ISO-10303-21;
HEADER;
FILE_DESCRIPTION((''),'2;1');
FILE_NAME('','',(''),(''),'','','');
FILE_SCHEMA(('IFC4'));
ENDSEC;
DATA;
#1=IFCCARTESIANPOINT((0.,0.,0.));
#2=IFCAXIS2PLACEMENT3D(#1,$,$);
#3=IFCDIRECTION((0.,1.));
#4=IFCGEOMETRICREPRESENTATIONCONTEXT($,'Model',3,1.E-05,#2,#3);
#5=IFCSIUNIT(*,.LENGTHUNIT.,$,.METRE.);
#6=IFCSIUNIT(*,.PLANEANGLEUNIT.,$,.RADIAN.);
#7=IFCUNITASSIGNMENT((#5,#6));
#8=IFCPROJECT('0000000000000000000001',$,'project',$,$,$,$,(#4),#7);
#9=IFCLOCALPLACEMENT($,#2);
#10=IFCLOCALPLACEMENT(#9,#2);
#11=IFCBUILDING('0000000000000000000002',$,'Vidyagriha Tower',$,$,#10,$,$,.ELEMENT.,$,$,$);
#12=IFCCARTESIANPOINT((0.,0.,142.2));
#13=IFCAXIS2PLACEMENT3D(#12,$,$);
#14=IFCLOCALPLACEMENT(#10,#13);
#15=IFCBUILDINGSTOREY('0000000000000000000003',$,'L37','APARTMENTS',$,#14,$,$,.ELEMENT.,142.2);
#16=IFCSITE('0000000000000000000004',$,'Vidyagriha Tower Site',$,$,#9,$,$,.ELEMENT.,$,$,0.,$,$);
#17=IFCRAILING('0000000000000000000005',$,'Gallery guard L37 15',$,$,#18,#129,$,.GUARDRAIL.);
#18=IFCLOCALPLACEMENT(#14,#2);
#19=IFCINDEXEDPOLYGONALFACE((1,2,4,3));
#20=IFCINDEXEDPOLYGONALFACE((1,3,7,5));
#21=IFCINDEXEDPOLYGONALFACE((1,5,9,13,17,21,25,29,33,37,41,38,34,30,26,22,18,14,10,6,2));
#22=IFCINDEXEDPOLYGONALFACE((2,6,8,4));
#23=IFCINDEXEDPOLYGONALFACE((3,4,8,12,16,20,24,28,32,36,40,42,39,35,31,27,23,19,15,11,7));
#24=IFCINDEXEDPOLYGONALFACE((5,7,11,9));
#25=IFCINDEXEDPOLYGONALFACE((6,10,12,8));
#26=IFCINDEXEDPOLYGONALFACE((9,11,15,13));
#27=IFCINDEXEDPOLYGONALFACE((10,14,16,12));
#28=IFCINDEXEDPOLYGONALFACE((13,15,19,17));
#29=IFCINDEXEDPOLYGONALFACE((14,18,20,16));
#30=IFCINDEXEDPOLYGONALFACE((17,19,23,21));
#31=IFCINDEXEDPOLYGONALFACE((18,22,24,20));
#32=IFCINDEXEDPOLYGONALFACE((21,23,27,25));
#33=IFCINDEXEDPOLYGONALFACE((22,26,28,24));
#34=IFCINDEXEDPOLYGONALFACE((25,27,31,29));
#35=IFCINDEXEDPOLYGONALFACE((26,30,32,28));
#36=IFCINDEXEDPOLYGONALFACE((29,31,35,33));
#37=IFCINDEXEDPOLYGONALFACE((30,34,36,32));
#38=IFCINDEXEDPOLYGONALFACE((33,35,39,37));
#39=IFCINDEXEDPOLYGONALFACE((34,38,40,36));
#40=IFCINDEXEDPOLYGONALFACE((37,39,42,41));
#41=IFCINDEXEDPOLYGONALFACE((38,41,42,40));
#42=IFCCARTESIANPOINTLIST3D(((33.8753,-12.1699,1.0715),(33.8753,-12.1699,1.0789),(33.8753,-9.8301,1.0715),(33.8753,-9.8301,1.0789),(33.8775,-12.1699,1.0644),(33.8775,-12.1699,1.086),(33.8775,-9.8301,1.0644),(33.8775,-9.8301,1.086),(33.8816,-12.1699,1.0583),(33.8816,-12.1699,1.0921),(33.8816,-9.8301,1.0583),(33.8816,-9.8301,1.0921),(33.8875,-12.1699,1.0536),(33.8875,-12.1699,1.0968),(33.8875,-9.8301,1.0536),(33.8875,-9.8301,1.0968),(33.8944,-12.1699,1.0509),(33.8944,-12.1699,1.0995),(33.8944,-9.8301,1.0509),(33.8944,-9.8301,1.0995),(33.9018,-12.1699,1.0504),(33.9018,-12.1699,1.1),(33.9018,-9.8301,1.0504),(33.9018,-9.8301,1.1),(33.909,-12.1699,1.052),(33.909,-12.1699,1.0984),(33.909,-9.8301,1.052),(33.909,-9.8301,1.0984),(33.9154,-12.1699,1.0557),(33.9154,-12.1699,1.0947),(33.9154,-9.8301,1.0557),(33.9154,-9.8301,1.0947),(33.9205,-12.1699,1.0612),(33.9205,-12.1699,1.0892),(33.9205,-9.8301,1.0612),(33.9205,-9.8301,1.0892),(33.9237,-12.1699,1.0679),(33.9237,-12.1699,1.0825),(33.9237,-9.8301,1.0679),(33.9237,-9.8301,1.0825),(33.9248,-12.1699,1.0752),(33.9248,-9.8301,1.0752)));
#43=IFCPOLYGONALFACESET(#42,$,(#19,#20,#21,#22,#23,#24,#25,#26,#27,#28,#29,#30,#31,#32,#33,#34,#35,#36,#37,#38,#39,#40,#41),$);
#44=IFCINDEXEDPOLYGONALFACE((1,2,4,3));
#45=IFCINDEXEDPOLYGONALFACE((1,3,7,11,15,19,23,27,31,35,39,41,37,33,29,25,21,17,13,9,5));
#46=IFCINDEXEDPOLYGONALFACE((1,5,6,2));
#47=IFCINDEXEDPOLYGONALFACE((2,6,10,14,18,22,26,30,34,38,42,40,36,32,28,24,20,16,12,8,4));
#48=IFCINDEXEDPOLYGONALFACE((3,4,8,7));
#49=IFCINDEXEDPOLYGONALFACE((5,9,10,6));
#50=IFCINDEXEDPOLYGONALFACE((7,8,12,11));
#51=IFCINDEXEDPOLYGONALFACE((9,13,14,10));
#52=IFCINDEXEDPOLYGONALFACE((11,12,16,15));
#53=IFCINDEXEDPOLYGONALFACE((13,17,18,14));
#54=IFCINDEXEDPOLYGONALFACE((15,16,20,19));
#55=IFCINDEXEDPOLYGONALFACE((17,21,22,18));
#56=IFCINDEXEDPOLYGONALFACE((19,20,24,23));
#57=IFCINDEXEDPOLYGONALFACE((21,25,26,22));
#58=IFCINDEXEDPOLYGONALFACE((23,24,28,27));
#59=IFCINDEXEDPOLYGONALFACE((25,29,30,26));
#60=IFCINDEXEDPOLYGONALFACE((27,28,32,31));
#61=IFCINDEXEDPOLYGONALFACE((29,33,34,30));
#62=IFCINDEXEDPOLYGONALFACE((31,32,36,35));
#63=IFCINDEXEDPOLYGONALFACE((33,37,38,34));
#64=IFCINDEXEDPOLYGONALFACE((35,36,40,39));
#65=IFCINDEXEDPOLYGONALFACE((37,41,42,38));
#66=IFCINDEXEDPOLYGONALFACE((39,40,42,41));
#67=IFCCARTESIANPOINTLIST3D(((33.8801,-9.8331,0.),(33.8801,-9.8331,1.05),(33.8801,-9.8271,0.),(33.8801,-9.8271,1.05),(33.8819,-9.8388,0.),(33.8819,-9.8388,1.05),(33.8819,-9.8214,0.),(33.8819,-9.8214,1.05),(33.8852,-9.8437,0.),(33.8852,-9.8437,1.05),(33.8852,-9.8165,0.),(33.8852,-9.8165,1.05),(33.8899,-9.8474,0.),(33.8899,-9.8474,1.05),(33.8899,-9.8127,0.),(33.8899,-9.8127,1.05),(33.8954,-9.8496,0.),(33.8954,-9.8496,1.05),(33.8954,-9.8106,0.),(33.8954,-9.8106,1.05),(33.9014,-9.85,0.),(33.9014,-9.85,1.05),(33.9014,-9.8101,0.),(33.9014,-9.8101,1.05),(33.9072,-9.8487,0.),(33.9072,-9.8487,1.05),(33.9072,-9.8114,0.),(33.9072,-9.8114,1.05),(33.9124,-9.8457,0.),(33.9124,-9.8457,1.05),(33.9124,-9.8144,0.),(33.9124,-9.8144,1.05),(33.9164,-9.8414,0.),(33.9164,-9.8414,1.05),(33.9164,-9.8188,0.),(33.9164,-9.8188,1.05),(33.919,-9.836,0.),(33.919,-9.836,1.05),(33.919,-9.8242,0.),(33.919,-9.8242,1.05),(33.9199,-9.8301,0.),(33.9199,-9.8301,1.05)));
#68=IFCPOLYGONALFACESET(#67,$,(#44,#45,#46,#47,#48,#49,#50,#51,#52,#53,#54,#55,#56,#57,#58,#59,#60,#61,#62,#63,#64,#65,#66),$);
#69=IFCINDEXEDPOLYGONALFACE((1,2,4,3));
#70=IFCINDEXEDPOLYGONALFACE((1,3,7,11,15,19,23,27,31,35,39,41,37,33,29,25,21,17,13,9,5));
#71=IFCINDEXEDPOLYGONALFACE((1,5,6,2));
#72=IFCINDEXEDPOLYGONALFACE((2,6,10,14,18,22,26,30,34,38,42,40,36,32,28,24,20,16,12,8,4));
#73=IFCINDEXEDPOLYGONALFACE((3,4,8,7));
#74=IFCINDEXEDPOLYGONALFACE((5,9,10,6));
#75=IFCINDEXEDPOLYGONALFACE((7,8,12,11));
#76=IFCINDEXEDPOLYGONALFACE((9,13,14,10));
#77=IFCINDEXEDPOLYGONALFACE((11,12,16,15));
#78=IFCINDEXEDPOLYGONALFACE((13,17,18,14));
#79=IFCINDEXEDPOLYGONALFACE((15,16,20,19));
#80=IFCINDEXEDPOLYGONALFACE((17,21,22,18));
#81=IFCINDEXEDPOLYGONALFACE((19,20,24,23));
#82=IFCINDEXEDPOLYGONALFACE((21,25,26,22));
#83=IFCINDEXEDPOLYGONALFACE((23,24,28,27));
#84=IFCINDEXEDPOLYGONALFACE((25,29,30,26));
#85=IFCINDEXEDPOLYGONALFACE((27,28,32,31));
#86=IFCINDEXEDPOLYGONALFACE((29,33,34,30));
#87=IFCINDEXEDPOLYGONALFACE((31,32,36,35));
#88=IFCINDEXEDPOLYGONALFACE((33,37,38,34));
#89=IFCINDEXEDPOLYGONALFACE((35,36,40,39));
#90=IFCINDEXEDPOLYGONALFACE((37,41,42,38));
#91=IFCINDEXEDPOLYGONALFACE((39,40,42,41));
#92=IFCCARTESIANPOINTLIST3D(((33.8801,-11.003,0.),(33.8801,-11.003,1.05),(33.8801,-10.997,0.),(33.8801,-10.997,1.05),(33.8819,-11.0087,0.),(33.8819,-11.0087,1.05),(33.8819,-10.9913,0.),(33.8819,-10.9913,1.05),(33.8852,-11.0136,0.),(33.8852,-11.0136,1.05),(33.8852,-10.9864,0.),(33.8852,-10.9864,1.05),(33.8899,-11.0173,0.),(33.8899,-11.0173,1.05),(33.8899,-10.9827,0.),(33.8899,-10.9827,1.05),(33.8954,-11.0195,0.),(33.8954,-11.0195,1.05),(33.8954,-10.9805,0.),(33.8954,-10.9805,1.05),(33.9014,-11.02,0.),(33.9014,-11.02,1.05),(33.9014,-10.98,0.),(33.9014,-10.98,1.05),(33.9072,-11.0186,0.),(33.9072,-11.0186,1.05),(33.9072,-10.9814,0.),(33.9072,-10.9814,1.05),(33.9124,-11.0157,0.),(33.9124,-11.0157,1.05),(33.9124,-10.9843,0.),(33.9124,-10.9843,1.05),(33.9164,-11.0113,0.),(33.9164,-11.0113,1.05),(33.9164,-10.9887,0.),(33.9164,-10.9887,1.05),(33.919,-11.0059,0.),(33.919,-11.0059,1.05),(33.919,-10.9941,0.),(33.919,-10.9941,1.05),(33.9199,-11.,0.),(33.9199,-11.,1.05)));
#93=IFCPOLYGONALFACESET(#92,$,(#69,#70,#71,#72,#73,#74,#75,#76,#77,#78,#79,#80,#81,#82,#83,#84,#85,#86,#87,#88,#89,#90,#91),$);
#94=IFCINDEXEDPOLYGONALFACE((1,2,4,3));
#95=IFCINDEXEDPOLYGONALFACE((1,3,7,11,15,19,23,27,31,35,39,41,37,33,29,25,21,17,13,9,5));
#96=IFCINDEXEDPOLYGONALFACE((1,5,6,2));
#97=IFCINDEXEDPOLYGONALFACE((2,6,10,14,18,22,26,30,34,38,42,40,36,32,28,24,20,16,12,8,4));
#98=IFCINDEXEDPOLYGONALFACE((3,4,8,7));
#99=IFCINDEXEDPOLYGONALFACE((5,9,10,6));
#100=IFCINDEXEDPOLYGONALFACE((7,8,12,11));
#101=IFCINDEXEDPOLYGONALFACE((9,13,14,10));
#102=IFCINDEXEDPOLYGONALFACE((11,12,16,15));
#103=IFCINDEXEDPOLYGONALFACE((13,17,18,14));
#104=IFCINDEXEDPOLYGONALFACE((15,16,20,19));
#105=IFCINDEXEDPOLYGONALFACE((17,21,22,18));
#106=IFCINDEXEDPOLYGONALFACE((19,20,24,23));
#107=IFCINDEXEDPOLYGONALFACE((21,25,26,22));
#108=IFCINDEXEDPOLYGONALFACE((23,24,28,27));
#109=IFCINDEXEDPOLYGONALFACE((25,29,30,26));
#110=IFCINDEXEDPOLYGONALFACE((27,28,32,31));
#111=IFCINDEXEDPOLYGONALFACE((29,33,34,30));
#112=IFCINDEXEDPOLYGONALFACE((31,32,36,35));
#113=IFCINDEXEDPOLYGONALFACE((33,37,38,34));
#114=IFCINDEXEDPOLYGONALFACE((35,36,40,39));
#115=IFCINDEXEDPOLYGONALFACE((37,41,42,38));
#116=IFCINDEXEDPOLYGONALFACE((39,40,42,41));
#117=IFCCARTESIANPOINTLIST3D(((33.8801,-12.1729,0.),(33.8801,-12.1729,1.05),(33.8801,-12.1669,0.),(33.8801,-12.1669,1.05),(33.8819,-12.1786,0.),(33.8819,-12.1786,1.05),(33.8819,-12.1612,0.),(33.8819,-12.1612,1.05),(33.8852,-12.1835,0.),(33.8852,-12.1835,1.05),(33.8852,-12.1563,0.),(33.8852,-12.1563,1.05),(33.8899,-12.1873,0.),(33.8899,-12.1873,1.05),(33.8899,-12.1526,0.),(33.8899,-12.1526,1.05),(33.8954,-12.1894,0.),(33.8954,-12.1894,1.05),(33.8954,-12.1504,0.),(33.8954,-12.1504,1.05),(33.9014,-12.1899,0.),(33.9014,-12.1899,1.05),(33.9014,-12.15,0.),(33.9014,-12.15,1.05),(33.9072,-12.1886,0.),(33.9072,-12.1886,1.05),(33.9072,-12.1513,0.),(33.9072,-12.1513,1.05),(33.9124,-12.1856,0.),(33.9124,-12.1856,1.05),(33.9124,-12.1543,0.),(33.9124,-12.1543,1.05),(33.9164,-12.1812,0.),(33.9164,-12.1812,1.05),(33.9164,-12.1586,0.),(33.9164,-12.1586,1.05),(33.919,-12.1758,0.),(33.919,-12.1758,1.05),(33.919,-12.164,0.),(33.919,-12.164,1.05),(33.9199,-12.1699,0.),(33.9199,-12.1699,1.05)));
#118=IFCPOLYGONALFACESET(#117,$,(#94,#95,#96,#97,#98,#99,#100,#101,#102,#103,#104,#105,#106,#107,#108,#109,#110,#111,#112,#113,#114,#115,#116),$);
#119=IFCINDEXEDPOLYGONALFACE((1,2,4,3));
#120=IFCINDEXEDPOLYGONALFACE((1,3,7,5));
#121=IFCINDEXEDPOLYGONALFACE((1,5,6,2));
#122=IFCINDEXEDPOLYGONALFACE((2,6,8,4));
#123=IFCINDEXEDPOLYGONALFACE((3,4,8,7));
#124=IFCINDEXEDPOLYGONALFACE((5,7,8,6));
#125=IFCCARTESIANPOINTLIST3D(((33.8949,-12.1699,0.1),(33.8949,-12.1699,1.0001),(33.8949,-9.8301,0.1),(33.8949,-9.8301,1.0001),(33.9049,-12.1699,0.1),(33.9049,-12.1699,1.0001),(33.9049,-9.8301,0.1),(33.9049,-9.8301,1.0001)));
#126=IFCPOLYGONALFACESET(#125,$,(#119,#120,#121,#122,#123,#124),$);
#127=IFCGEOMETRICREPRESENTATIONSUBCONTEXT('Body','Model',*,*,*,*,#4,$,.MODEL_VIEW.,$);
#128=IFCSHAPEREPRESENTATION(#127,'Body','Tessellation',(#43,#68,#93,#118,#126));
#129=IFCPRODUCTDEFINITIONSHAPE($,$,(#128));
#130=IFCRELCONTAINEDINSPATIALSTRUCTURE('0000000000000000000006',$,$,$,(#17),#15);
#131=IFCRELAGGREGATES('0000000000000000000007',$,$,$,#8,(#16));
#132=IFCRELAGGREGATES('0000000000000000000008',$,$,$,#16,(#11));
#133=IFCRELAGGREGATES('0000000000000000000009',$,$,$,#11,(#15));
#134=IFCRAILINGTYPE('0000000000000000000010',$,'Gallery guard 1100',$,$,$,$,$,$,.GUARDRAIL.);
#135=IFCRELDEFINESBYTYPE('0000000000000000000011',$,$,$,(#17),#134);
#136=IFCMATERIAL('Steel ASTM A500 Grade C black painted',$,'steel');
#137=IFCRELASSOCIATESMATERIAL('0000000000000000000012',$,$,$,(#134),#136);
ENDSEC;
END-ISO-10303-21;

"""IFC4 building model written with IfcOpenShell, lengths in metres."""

from ifc_helpers import new_model, si_unit, direction, frame, origin, origin_2d, place, context, subcontext, project, spatial, rectangle, circle, extrude, material, type_object, element, save


model = new_model("IFC4")

# Units and contexts
model_context = context("Model", 3, precision=1e-05, world=origin(), true_north=direction((0.0, 1.0)))
body_context = subcontext(model_context, "Body", "Model", "MODEL_VIEW")
ifc_project = project(units=[si_unit("LENGTHUNIT", "METRE"), si_unit("PLANEANGLEUNIT", "RADIAN")], contexts=[model_context])

# Site, building, storey
site_placement = place(None, origin())
site = spatial("IfcSite", under=ifc_project, at=site_placement, Name="Vidyagriha Tower Site", CompositionType="ELEMENT", RefElevation=0.0)
building_placement = place(site_placement, origin())
building = spatial("IfcBuilding", under=site, at=building_placement, Name="Vidyagriha Tower", CompositionType="ELEMENT")
storey_placement = place(building_placement, frame((0.0, 0.0, 142.2)))
storey = spatial("IfcBuildingStorey", under=building, at=storey_placement, Name="L37", Description="APARTMENTS", CompositionType="ELEMENT", Elevation=142.2)

# Railing
ifc_material_1 = material(Name="Steel ASTM A500 Grade C black painted", Category="steel")
railing_type_1 = type_object("IfcRailingType", Name="Gallery guard 1100", PredefinedType="GUARDRAIL", material=ifc_material_1)
railing_1_placement = place(storey_placement, frame((33.8999, -9.8301, 0.0)))
element("IfcRailing", 1, at=railing_1_placement, inside=storey, type_object=railing_type_1, Name="Gallery guard L37 15", PredefinedType="GUARDRAIL", context=body_context, shape_type="SweptSolid", body=[
    extrude(circle(Radius=0.0249, at=origin_2d()), frame((0.0, 0.0, 1.0752), z_axis=(0.0, -1.0, 0.0), x_axis=(1.0, 0.0, 0.0)), (0.0, 0.0, 1.0), 2.3398),
    extrude(circle(Radius=0.02, at=origin_2d()), origin(), (0.0, 0.0, 1.0), 1.05),
    extrude(circle(Radius=0.02, at=origin_2d()), frame((0.0, -1.1699, 0.0)), (0.0, 0.0, 1.0), 1.05),
    extrude(circle(Radius=0.02, at=origin_2d()), frame((0.0, -2.3398, 0.0)), (0.0, 0.0, 1.0), 1.05),
    extrude(rectangle(XDim=0.01, YDim=0.9001, at=origin_2d()), frame((0.0, 0.0, 0.55), z_axis=(0.0, -1.0, 0.0), x_axis=(1.0, 0.0, 0.0)), (0.0, 0.0, 1.0), 2.3398),
])

save(model, "model.ifc")
